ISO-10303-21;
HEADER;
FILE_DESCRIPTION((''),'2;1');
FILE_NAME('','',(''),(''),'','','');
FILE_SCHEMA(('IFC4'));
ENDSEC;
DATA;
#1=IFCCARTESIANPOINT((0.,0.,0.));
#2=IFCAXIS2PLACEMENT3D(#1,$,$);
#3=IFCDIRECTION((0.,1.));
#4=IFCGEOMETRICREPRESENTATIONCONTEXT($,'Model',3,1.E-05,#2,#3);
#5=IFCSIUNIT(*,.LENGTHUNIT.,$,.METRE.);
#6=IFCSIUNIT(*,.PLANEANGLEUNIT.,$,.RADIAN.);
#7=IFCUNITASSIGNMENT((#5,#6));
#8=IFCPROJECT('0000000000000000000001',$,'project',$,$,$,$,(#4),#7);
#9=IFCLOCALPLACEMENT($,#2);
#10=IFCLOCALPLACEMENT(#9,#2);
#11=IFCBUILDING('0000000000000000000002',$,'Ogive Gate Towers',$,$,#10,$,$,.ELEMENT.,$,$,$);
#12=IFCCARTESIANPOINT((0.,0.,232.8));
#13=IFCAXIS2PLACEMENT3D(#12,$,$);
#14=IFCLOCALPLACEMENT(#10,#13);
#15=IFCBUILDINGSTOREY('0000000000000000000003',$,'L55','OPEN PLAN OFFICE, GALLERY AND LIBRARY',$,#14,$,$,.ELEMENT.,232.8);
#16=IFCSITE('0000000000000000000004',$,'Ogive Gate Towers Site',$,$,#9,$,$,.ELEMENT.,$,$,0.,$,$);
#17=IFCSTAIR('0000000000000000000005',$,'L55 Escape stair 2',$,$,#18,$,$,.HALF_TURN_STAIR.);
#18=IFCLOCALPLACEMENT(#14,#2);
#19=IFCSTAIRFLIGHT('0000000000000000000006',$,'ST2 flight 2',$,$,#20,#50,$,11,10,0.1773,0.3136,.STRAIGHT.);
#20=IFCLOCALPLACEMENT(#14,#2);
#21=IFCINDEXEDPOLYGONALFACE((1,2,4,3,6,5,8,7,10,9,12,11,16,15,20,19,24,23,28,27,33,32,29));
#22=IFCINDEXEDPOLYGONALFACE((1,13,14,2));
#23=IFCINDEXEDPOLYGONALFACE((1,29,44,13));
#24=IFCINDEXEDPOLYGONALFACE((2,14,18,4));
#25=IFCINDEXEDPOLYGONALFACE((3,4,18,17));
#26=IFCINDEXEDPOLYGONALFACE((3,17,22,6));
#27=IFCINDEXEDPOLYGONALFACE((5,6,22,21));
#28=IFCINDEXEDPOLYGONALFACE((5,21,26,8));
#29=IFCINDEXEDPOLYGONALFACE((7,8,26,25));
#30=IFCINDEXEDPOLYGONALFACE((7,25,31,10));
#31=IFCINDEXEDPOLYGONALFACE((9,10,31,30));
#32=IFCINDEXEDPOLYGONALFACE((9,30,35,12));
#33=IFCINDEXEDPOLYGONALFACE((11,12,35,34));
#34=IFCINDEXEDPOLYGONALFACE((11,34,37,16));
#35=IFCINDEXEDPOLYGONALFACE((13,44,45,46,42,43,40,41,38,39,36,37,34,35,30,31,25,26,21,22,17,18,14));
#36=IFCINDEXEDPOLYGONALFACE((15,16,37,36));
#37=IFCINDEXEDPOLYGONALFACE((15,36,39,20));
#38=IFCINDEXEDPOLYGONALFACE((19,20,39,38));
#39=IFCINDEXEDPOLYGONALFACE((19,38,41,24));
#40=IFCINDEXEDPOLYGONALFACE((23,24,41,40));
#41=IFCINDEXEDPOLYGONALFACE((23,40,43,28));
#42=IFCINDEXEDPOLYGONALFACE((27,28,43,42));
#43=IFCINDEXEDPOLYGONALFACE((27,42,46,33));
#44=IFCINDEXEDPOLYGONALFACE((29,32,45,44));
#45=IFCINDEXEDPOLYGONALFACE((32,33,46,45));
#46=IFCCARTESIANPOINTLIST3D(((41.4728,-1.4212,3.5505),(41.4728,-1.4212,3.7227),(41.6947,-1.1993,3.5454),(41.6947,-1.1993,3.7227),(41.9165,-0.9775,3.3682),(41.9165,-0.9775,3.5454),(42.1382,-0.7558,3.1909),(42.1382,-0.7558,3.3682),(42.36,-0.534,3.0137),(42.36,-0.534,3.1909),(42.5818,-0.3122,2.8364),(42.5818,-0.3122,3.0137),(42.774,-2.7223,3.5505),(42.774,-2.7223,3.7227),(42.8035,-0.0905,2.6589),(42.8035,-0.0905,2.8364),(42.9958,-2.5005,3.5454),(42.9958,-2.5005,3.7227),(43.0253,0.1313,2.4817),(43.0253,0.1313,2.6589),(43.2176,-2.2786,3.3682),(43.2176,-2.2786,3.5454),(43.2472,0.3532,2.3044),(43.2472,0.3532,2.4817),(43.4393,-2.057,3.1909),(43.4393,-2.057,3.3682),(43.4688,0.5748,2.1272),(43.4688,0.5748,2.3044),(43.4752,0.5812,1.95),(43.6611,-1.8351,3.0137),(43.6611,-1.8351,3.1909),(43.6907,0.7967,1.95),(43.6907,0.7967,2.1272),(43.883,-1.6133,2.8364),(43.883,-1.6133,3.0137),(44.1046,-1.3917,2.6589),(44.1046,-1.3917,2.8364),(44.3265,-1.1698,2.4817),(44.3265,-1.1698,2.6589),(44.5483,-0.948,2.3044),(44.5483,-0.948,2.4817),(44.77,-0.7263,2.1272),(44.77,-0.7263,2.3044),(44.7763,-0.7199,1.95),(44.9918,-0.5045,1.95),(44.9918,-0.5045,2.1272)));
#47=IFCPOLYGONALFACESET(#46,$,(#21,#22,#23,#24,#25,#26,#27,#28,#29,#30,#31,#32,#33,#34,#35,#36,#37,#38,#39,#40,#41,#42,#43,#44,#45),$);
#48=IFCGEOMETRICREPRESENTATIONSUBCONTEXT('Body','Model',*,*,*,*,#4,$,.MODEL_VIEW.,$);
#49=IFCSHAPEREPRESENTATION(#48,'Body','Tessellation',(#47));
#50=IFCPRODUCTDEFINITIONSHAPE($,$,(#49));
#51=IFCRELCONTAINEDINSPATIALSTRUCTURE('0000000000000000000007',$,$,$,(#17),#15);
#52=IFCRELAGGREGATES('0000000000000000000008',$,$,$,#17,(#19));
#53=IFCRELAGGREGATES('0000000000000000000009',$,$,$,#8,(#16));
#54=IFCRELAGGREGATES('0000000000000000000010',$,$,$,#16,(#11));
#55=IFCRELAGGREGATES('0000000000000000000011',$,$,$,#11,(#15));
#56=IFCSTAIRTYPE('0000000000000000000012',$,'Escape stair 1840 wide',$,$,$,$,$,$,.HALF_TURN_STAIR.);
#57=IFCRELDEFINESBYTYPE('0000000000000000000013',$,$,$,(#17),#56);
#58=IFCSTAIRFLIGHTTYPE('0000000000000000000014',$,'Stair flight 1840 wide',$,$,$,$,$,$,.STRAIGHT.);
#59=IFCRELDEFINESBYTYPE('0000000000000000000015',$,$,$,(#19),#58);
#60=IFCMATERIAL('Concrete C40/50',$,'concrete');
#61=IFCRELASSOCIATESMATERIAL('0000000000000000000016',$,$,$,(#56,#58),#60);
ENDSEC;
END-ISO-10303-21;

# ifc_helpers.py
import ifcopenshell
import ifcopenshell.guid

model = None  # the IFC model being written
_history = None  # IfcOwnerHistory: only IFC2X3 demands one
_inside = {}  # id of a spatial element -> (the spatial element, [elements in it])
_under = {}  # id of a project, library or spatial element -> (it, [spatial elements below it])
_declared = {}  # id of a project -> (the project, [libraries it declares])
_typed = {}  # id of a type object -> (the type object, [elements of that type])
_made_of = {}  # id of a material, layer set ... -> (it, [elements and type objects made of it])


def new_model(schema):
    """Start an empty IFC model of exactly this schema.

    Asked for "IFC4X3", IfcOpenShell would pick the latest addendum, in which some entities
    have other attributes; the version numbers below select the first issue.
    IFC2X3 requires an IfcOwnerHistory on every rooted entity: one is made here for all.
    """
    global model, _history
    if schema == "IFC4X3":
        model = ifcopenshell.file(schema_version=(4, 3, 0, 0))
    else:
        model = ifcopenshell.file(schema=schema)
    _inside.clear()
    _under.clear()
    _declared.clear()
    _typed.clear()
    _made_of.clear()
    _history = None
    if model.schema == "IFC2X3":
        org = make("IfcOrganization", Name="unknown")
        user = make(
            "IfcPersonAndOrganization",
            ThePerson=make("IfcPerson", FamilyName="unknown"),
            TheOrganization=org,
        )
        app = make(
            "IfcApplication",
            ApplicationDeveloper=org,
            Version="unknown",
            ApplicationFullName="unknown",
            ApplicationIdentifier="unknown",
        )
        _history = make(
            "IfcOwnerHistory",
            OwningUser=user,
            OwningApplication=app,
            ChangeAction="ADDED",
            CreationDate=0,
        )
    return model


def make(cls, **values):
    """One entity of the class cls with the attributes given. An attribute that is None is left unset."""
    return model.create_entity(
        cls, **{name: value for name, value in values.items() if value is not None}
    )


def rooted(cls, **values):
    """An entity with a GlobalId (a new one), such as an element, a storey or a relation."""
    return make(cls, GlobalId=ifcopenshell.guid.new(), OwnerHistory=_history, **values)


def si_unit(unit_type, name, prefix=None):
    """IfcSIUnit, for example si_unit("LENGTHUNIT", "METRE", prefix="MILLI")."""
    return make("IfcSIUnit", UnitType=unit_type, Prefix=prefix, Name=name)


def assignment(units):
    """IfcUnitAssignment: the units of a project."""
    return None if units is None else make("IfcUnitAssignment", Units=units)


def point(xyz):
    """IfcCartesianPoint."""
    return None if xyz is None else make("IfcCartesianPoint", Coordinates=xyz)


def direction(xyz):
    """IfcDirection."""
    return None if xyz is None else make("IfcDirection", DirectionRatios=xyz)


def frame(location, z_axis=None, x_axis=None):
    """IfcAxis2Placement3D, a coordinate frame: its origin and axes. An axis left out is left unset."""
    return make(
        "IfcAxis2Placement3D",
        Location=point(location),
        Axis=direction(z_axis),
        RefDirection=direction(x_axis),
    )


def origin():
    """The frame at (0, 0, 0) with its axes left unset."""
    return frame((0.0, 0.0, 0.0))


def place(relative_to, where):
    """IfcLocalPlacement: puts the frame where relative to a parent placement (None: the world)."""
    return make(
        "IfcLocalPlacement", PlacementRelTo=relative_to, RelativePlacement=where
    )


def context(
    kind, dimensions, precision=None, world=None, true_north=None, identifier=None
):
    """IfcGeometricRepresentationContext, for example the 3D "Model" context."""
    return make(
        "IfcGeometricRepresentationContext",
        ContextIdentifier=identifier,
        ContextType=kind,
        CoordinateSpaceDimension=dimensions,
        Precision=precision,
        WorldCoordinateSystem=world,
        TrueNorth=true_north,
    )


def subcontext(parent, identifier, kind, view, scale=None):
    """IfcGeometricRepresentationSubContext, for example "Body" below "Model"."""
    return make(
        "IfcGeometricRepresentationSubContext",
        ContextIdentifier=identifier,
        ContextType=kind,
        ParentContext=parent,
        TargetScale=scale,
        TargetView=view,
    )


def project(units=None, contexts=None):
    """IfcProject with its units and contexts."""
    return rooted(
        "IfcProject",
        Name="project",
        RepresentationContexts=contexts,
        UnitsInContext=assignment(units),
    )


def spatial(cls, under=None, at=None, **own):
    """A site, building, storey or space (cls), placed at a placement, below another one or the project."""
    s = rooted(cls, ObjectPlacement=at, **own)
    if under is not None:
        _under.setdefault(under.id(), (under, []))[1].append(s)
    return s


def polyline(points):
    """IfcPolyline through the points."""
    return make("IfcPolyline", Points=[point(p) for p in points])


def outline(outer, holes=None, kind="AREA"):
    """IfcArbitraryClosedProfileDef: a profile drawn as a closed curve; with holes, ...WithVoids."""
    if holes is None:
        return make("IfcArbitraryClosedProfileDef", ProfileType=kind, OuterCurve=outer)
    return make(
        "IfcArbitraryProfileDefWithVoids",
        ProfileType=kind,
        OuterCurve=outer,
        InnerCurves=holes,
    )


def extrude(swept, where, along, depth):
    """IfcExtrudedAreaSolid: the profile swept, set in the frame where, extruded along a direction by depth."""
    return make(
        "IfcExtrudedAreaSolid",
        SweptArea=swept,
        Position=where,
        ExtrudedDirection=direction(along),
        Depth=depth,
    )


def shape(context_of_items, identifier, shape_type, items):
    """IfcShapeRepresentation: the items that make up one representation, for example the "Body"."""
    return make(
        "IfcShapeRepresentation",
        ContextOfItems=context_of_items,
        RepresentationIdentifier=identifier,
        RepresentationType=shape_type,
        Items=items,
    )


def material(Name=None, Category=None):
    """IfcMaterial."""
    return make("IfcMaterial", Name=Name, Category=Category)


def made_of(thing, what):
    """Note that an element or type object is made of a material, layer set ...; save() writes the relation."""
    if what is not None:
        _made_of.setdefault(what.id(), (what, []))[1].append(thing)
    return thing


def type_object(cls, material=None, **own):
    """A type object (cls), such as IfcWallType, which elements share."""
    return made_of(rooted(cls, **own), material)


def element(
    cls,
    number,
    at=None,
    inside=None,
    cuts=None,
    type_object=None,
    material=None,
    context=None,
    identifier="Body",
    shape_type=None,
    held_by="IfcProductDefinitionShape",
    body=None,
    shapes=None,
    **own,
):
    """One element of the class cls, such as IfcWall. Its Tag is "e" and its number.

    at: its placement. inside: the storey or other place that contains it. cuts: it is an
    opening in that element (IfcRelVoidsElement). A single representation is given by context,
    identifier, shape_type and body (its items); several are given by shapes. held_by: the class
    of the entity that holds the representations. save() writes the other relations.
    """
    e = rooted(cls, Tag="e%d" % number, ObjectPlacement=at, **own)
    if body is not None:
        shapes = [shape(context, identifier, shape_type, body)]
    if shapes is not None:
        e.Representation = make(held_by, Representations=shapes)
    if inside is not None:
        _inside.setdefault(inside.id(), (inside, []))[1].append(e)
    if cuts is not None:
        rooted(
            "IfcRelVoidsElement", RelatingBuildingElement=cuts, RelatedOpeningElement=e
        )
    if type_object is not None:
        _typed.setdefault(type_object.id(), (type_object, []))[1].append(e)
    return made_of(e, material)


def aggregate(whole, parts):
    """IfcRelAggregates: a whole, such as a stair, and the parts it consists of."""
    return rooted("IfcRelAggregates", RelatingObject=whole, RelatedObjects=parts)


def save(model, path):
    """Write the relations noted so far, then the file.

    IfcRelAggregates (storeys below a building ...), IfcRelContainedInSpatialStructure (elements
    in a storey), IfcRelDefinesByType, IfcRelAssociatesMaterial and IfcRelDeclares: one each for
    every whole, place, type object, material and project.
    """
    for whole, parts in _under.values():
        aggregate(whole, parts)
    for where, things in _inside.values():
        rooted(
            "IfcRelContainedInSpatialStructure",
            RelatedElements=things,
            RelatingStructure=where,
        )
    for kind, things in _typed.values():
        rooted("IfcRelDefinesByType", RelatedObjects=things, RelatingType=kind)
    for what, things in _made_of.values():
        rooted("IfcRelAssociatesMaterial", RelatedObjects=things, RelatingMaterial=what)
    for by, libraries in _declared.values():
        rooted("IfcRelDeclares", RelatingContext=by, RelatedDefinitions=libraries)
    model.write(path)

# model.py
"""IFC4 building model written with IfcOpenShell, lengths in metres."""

from ifc_helpers import new_model, si_unit, direction, frame, origin, place, context, subcontext, project, spatial, polyline, outline, extrude, material, type_object, element, aggregate, save


model = new_model("IFC4")

# Units and contexts
model_context = context("Model", 3, precision=1e-05, world=origin(), true_north=direction((0.0, 1.0)))
body_context = subcontext(model_context, "Body", "Model", "MODEL_VIEW")
ifc_project = project(units=[si_unit("LENGTHUNIT", "METRE"), si_unit("PLANEANGLEUNIT", "RADIAN")], contexts=[model_context])

# Site, building, storey
site_placement = place(None, origin())
site = spatial("IfcSite", under=ifc_project, at=site_placement, Name="Ogive Gate Towers Site", CompositionType="ELEMENT", RefElevation=0.0)
building_placement = place(site_placement, origin())
building = spatial("IfcBuilding", under=site, at=building_placement, Name="Ogive Gate Towers", CompositionType="ELEMENT")
storey_placement = place(building_placement, frame((0.0, 0.0, 232.8)))
storey = spatial("IfcBuildingStorey", under=building, at=storey_placement, Name="L55", Description="OPEN PLAN OFFICE, GALLERY AND LIBRARY", CompositionType="ELEMENT", Elevation=232.8)

# Stair, stair flight
ifc_material_1 = material(Name="Concrete C40/50", Category="concrete")
stair_type = type_object("IfcStairType", Name="Escape stair 1840 wide", PredefinedType="HALF_TURN_STAIR", material=ifc_material_1)
stair_placement = place(storey_placement, origin())
stair = element("IfcStair", 1, at=stair_placement, inside=storey, type_object=stair_type, Name="L55 Escape stair 2", PredefinedType="HALF_TURN_STAIR")
stair_flight_type = type_object("IfcStairFlightType", Name="Stair flight 1840 wide", PredefinedType="STRAIGHT", material=ifc_material_1)
stair_flight_placement = place(storey_placement, frame((44.3413, 0.146, 1.95), z_axis=(0.0, 0.0, 1.0), x_axis=(-0.707107, -0.707107, 0.0)))
stair_flight = element("IfcStairFlight", 2, at=stair_flight_placement, type_object=stair_flight_type, Name="ST2 flight 2", NumberOfRisers=11, NumberOfTreads=10, PredefinedType="STRAIGHT", RiserHeight=0.1773, TreadLength=0.3136, context=body_context, shape_type="SweptSolid", body=[
    extrude(outline(polyline([(0.0, 0.0), (0.0, 0.1772), (0.3137, 0.1772), (0.3137, 0.3545), (0.6272, 0.3545), (0.6272, 0.5317), (0.9409, 0.5317), (0.9409, 0.709), (1.2546, 0.709), (1.2546, 0.8865), (1.5681, 0.8865), (1.5681, 1.0637), (1.8818, 1.0637), (1.8818, 1.241), (2.1956, 1.241), (2.1956, 1.4182), (2.509, 1.4182), (2.509, 1.5955), (2.8228, 1.5955), (2.8228, 1.7727), (3.1365, 1.7727), (3.1365, 1.95), (3.1365, 1.6006), (0.3047, 0.0), (0.0, 0.0)])), frame((0.0, 0.9199, 0.0), z_axis=(0.0, -1.0, 0.0), x_axis=(1.0, 0.0, 0.0)), (0.0, 0.0, 1.0), 1.8401),
])
aggregate(stair, [stair_flight])

save(model, "model.ifc")
